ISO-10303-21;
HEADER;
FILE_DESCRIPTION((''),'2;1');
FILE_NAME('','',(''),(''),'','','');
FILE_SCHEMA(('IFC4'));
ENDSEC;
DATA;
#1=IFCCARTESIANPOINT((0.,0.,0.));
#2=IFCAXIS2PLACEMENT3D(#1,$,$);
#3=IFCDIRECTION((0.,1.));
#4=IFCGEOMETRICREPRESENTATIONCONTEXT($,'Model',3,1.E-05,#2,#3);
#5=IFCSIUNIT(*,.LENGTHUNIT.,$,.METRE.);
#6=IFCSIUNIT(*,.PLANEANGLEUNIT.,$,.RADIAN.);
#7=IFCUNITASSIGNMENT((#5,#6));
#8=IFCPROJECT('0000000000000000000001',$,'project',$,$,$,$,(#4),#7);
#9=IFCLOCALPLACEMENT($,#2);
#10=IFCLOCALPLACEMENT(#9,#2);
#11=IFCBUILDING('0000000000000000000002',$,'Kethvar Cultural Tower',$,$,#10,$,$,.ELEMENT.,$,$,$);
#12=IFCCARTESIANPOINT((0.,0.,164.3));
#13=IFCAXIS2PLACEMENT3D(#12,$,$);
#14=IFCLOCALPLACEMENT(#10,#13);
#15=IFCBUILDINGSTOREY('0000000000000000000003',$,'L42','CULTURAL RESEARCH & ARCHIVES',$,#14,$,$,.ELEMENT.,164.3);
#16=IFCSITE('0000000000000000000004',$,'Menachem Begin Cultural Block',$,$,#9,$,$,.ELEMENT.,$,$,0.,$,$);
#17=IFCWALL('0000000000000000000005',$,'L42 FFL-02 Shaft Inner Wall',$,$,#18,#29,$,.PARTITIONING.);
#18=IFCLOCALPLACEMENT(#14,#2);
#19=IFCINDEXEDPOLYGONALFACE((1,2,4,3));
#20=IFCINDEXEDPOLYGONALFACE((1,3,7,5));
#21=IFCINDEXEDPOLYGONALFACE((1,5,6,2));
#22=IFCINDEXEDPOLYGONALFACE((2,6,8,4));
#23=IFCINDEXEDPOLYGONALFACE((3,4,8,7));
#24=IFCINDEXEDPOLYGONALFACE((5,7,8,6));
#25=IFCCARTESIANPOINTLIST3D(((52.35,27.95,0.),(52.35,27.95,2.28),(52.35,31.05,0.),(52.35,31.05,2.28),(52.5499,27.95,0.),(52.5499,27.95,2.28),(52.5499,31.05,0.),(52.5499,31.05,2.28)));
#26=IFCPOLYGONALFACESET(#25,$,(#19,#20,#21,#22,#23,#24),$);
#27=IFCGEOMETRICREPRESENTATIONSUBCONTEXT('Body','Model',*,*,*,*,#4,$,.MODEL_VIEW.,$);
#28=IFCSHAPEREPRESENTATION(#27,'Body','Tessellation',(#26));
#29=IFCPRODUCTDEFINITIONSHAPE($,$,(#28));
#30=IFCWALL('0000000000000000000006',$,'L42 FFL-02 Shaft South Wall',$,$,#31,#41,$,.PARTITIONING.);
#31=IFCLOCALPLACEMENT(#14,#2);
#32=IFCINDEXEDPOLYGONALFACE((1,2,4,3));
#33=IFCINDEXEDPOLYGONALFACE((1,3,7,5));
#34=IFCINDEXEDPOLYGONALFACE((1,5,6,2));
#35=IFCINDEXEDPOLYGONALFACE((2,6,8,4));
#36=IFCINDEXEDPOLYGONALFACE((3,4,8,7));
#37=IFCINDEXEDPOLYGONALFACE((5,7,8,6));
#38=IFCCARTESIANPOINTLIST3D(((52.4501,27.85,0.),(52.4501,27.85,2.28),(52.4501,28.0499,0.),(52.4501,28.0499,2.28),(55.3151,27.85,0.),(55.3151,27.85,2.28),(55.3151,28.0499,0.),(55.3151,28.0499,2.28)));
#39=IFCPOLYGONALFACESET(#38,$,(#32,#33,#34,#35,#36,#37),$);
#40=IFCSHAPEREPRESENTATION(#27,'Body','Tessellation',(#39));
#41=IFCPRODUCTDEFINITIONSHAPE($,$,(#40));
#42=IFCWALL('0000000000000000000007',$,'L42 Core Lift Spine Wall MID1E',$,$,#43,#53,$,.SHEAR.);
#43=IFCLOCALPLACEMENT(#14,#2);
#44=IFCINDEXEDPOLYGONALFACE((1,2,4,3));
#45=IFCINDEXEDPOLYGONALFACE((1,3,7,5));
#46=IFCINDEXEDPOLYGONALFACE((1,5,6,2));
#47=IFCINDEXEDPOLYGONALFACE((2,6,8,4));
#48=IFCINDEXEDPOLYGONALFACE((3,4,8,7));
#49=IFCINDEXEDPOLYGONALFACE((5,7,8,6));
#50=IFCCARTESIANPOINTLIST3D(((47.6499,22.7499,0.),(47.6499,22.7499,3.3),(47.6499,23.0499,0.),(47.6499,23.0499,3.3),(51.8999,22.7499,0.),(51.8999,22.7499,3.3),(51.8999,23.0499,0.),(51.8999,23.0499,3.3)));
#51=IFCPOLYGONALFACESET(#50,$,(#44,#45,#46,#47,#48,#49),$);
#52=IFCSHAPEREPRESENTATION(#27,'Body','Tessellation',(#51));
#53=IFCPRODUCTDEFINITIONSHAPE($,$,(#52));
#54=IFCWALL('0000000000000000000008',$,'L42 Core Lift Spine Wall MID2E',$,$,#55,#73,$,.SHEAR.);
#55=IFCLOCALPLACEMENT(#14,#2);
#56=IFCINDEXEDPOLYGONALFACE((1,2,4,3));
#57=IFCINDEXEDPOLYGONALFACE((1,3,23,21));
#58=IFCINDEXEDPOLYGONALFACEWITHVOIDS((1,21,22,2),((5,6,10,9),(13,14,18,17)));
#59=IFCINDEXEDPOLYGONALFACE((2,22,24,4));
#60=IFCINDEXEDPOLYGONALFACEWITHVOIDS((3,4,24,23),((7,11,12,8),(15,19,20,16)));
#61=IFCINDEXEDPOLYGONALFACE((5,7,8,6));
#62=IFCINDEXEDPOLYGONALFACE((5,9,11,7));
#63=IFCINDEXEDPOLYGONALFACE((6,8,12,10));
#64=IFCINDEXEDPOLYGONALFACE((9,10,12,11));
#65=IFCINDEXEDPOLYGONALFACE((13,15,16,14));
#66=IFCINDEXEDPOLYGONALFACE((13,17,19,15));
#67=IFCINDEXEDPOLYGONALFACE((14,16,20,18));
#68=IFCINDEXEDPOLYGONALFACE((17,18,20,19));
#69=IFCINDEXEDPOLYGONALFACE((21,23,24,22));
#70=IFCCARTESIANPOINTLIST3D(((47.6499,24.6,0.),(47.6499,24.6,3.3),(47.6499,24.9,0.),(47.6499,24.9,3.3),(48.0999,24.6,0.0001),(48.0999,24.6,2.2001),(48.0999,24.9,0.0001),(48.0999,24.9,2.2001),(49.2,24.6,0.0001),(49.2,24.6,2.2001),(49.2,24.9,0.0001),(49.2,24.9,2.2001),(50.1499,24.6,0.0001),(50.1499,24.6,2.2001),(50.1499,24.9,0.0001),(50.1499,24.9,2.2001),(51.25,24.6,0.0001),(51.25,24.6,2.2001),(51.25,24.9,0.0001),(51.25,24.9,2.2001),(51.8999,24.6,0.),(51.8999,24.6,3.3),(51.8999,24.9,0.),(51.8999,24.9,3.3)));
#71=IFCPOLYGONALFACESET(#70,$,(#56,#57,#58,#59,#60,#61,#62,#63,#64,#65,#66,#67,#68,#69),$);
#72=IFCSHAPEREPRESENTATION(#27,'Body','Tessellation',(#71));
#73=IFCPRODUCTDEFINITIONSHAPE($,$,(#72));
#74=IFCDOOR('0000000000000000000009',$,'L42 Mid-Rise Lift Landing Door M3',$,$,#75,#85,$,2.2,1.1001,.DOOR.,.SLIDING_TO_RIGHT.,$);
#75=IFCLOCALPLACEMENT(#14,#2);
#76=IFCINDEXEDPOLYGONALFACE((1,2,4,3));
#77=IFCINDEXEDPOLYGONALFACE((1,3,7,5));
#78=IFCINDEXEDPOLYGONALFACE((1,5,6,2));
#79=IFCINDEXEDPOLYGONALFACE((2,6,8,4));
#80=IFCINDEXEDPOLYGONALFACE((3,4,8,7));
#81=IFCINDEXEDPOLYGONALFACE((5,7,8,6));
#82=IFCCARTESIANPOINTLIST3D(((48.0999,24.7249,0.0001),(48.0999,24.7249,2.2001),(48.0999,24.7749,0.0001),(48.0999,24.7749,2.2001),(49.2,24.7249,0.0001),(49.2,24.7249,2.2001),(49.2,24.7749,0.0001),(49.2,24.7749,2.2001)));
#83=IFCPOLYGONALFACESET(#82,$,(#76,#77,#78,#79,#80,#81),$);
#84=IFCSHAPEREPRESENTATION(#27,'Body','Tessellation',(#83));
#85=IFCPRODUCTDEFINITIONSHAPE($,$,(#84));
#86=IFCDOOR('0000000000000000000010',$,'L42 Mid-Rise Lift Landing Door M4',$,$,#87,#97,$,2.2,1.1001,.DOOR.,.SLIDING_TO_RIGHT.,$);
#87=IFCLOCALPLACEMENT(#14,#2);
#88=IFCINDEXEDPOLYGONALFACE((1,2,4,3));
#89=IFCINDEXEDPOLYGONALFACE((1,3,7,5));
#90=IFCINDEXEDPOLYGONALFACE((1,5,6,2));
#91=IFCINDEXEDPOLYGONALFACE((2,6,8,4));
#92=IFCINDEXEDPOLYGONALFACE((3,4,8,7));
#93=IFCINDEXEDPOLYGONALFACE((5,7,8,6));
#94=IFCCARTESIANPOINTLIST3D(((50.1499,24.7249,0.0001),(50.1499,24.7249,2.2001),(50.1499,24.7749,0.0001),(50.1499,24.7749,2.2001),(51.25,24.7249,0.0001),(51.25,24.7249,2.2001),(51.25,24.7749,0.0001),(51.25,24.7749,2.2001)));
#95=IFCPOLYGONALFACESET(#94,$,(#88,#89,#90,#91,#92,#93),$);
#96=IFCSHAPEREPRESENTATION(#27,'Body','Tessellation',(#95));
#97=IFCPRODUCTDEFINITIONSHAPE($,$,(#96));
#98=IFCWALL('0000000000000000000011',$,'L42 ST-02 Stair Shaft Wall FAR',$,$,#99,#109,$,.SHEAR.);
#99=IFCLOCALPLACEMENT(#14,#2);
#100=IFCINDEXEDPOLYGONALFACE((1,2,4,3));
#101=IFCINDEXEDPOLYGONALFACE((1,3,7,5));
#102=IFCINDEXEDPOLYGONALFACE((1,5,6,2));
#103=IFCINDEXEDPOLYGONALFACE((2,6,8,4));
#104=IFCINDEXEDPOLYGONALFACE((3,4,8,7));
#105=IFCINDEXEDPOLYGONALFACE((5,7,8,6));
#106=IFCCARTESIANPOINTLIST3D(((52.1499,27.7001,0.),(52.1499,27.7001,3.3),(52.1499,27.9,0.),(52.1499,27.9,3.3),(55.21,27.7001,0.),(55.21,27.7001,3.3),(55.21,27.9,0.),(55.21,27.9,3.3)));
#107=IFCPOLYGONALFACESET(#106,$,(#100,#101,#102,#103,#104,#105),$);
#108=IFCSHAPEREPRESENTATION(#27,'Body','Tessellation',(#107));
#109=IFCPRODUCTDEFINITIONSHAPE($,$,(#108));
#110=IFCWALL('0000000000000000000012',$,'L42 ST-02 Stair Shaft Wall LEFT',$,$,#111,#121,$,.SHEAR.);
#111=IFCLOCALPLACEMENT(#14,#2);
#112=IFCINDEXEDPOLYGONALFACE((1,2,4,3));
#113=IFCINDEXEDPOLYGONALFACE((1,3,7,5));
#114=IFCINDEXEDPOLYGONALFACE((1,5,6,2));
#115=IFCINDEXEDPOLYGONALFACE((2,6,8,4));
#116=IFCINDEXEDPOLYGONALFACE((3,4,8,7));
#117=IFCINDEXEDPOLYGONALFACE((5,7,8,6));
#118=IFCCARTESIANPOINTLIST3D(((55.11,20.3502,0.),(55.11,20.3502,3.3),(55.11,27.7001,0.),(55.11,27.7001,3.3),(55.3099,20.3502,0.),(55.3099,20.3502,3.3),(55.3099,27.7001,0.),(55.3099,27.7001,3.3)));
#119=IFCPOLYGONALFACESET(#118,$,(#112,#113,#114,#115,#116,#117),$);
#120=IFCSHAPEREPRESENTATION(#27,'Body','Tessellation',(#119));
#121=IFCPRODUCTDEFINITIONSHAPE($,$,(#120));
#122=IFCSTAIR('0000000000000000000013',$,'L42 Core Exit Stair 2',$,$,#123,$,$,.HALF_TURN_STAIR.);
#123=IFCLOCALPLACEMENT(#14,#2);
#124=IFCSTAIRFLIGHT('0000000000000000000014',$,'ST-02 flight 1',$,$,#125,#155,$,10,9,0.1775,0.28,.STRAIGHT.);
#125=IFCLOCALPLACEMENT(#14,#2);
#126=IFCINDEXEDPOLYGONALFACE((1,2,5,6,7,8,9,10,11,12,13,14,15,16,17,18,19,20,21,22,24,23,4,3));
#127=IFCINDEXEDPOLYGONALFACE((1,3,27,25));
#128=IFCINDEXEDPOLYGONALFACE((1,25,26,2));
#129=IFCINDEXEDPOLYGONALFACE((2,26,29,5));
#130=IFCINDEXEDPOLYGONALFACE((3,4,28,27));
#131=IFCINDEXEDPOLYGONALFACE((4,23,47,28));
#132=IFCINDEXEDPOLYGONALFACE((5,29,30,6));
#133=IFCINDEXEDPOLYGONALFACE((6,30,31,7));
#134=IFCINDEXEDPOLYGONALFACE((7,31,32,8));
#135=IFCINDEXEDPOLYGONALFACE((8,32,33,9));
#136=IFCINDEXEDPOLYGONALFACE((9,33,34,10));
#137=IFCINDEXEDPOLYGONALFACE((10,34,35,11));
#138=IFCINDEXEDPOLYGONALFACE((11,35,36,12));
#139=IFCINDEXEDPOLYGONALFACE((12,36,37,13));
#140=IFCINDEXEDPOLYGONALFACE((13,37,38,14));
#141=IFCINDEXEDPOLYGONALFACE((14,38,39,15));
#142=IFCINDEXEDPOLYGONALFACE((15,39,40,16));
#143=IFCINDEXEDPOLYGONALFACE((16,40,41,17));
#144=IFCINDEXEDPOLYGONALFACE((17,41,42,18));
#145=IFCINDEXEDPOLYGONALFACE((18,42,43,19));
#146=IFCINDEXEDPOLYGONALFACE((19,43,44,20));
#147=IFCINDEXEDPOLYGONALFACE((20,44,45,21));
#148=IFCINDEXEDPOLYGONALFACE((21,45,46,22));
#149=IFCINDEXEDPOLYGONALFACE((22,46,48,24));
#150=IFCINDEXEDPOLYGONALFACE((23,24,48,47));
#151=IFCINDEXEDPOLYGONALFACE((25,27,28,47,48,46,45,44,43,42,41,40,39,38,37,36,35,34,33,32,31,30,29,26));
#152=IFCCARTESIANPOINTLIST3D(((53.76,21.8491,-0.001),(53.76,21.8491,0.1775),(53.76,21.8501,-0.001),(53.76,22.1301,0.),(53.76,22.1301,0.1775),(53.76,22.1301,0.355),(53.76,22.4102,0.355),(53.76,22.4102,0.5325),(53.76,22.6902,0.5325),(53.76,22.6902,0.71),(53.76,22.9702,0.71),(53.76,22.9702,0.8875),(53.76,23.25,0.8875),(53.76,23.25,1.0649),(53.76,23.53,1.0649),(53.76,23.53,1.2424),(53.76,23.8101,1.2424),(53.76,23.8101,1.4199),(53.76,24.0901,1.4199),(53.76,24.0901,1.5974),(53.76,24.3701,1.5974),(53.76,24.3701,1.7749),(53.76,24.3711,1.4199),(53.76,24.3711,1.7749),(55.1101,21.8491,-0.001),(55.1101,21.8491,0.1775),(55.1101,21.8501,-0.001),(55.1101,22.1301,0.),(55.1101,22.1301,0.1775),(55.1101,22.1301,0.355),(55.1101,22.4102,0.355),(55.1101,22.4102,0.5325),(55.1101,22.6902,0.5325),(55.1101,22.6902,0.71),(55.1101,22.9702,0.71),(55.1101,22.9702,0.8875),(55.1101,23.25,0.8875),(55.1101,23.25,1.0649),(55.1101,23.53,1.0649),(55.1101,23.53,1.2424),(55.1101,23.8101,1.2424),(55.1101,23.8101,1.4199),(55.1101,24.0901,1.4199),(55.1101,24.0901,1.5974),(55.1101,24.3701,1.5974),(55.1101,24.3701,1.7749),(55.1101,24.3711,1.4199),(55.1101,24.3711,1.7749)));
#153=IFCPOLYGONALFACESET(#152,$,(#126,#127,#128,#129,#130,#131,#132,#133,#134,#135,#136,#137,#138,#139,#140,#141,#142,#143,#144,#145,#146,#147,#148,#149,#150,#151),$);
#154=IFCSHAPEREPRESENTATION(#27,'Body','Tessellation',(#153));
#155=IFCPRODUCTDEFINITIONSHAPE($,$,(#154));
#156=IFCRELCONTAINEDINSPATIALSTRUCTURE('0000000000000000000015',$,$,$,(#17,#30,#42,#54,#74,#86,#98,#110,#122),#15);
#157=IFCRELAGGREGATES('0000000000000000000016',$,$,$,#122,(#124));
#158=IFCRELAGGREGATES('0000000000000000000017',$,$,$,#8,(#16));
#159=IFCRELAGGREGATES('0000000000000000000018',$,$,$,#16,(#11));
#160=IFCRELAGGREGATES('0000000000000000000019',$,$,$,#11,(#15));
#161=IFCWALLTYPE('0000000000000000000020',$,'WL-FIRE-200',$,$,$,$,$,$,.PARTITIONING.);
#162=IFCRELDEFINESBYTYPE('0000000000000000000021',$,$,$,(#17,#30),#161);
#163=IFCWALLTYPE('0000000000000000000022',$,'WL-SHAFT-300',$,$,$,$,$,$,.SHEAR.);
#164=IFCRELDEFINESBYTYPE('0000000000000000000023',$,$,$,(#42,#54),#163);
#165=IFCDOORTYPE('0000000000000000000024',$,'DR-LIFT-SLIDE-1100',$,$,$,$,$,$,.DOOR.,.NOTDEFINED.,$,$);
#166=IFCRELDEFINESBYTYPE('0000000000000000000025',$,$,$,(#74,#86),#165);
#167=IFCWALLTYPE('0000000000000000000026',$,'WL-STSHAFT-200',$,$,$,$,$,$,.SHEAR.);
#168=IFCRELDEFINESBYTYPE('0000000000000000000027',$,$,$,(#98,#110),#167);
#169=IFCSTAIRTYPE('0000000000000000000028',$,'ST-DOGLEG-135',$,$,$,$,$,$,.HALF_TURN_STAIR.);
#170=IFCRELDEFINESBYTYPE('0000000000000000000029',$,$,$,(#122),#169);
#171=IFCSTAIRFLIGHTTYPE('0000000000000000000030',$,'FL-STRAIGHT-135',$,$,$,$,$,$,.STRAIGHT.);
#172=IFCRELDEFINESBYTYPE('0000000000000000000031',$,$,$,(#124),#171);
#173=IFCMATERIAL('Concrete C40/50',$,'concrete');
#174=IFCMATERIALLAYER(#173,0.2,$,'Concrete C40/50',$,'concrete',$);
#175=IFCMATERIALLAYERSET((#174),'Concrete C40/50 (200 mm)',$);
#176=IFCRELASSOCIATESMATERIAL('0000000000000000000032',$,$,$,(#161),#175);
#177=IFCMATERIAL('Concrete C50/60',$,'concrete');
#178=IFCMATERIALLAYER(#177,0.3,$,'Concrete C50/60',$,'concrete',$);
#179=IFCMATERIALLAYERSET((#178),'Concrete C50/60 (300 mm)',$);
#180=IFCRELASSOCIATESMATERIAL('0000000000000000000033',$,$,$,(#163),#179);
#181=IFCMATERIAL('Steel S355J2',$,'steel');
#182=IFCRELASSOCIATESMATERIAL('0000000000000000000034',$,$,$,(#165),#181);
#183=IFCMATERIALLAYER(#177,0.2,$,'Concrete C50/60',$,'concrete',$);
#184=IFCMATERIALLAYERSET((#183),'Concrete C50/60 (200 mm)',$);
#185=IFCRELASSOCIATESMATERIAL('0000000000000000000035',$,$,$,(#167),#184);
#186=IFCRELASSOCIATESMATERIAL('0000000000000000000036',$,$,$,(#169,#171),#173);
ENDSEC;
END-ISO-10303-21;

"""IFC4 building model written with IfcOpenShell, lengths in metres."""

from ifc_helpers import new_model, si_unit, direction, frame, frame_2d, origin, place, context, subcontext, project, spatial, polyline, rectangle, outline, extrude, source, transform, mapped, material, layer, layer_set, type_object, element, fill, aggregate, save


model = new_model("IFC4")

# Units and contexts
model_context = context("Model", 3, precision=1e-05, world=origin(), true_north=direction((0.0, 1.0)))
body_context = subcontext(model_context, "Body", "Model", "MODEL_VIEW")
ifc_project = project(units=[si_unit("LENGTHUNIT", "METRE"), si_unit("PLANEANGLEUNIT", "RADIAN")], contexts=[model_context])

# Site, building, storey
site_placement = place(None, origin())
site = spatial("IfcSite", under=ifc_project, at=site_placement, Name="Menachem Begin Cultural Block", CompositionType="ELEMENT", RefElevation=0.0)
building_placement = place(site_placement, origin())
building = spatial("IfcBuilding", under=site, at=building_placement, Name="Kethvar Cultural Tower", CompositionType="ELEMENT")
storey_placement = place(building_placement, frame((0.0, 0.0, 164.3)))
storey = spatial("IfcBuildingStorey", under=building, at=storey_placement, Name="L42", Description="CULTURAL RESEARCH & ARCHIVES", CompositionType="ELEMENT", Elevation=164.3)

# Shared definitions
ifc_material_1 = material(Name="Steel S355J2", Category="steel")

# Walls
ifc_material_2 = material(Name="Concrete C40/50", Category="concrete")
ifc_layer_1 = layer(ifc_material_2, 0.2, Name="Concrete C40/50", Category="concrete")
ifc_layer_set_1 = layer_set([ifc_layer_1], Name="Concrete C40/50 (200 mm)")
wall_type_1 = type_object("IfcWallType", Name="WL-FIRE-200", PredefinedType="PARTITIONING", material=ifc_layer_set_1)
wall_1_placement = place(storey_placement, frame((52.45, 27.95, 0.0), z_axis=(0.0, 0.0, 1.0), x_axis=(0.0, 1.0, 0.0)))
element("IfcWall", 1, at=wall_1_placement, inside=storey, type_object=wall_type_1, Name="L42 FFL-02 Shaft Inner Wall", PredefinedType="PARTITIONING", context=body_context, shape_type="SweptSolid", body=[
    extrude(rectangle(XDim=3.1001, YDim=0.2, at=frame_2d((1.55, 0.0))), origin(), (0.0, 0.0, 1.0), 2.28),
])
wall_2_placement = place(storey_placement, frame((52.45, 27.95, 0.0), z_axis=(0.0, 0.0, 1.0), x_axis=(1.0, 0.0, 0.0)))
element("IfcWall", 2, at=wall_2_placement, inside=storey, type_object=wall_type_1, Name="L42 FFL-02 Shaft South Wall", PredefinedType="PARTITIONING", context=body_context, shape_type="SweptSolid", body=[
    extrude(rectangle(XDim=2.865, YDim=0.2, at=frame_2d((1.4326, 0.0))), origin(), (0.0, 0.0, 1.0), 2.28),
])
ifc_material_3 = material(Name="Concrete C50/60", Category="concrete")
ifc_layer_2 = layer(ifc_material_3, 0.3, Name="Concrete C50/60", Category="concrete")
ifc_layer_set_2 = layer_set([ifc_layer_2], Name="Concrete C50/60 (300 mm)")
wall_type_2 = type_object("IfcWallType", Name="WL-SHAFT-300", PredefinedType="SHEAR", material=ifc_layer_set_2)
wall_3_placement = place(storey_placement, frame((47.6499, 22.8999, 0.0), z_axis=(0.0, 0.0, 1.0), x_axis=(1.0, 0.0, 0.0)))
element("IfcWall", 3, at=wall_3_placement, inside=storey, type_object=wall_type_2, Name="L42 Core Lift Spine Wall MID1E", PredefinedType="SHEAR", context=body_context, shape_type="SweptSolid", body=[
    extrude(rectangle(XDim=4.25, YDim=0.3, at=frame_2d((2.125, 0.0))), origin(), (0.0, 0.0, 1.0), 3.3),
])

# Wall, openings, doors
wall_4_placement = place(storey_placement, frame((47.6499, 24.75, 0.0), z_axis=(0.0, 0.0, 1.0), x_axis=(1.0, 0.0, 0.0)))
wall_4 = element("IfcWall", 4, at=wall_4_placement, inside=storey, type_object=wall_type_2, Name="L42 Core Lift Spine Wall MID2E", PredefinedType="SHEAR", context=body_context, shape_type="SweptSolid", body=[
    extrude(rectangle(XDim=4.25, YDim=0.3, at=frame_2d((2.125, 0.0))), origin(), (0.0, 0.0, 1.0), 3.3),
])
opening_1_placement = place(wall_4_placement, frame((0.45, 0.0, 0.0)))
opening_1 = element("IfcOpeningElement", 5, at=opening_1_placement, cuts=wall_4, PredefinedType="OPENING", context=body_context, shape_type="SweptSolid", body=[
    extrude(rectangle(XDim=1.1001, YDim=2.2, at=frame_2d((0.55, 1.1001))), frame((0.0, 0.1599, 0.0), z_axis=(0.0, -1.0, 0.0), x_axis=(1.0, 0.0, 0.0)), (0.0, 0.0, 1.0), 0.3201),
])
opening_2_placement = place(wall_4_placement, frame((2.5, 0.0, 0.0)))
opening_2 = element("IfcOpeningElement", 6, at=opening_2_placement, cuts=wall_4, PredefinedType="OPENING", context=body_context, shape_type="SweptSolid", body=[
    extrude(rectangle(XDim=1.1001, YDim=2.2, at=frame_2d((0.55, 1.1001))), frame((0.0, 0.1599, 0.0), z_axis=(0.0, -1.0, 0.0), x_axis=(1.0, 0.0, 0.0)), (0.0, 0.0, 1.0), 0.3201),
])
door_type = type_object("IfcDoorType", Name="DR-LIFT-SLIDE-1100", OperationType="NOTDEFINED", PredefinedType="DOOR", material=ifc_material_1)
shared_shape_1 = source(origin(), body_context, "Body", "SweptSolid", [
    extrude(rectangle(XDim=1.1001, YDim=2.2, at=frame_2d((0.55, 1.1001))), frame((0.0, 0.0249, 0.0), z_axis=(0.0, -1.0, 0.0), x_axis=(1.0, 0.0, 0.0)), (0.0, 0.0, 1.0), 0.05),
])
door_1_placement = place(opening_1_placement, origin())
door_1 = element("IfcDoor", 7, at=door_1_placement, inside=storey, type_object=door_type, Name="L42 Mid-Rise Lift Landing Door M3", OperationType="SLIDING_TO_RIGHT", OverallHeight=2.2, OverallWidth=1.1001, PredefinedType="DOOR", context=body_context, shape_type="MappedRepresentation", body=[
    mapped(shared_shape_1, transform((0.0, 0.0, 0.0), scale=1.0)),
])
fill(opening_1, door_1)
door_2_placement = place(opening_2_placement, origin())
door_2 = element("IfcDoor", 8, at=door_2_placement, inside=storey, type_object=door_type, Name="L42 Mid-Rise Lift Landing Door M4", OperationType="SLIDING_TO_RIGHT", OverallHeight=2.2, OverallWidth=1.1001, PredefinedType="DOOR", context=body_context, shape_type="MappedRepresentation", body=[
    mapped(shared_shape_1, transform((0.0, 0.0, 0.0), scale=1.0)),
])
fill(opening_2, door_2)

# Walls
ifc_layer_3 = layer(ifc_material_3, 0.2, Name="Concrete C50/60", Category="concrete")
ifc_layer_set_3 = layer_set([ifc_layer_3], Name="Concrete C50/60 (200 mm)")
wall_type_3 = type_object("IfcWallType", Name="WL-STSHAFT-200", PredefinedType="SHEAR", material=ifc_layer_set_3)
wall_5_placement = place(storey_placement, frame((52.1499, 27.8, 0.0), z_axis=(0.0, 0.0, 1.0), x_axis=(1.0, 0.0, 0.0)))
element("IfcWall", 9, at=wall_5_placement, inside=storey, type_object=wall_type_3, Name="L42 ST-02 Stair Shaft Wall FAR", PredefinedType="SHEAR", context=body_context, shape_type="SweptSolid", body=[
    extrude(rectangle(XDim=3.0601, YDim=0.2, at=frame_2d((1.53, 0.0))), origin(), (0.0, 0.0, 1.0), 3.3),
])
wall_6_placement = place(storey_placement, frame((55.21, 27.7, 0.0), z_axis=(0.0, 0.0, 1.0), x_axis=(0.0, -1.0, 0.0)))
element("IfcWall", 10, at=wall_6_placement, inside=storey, type_object=wall_type_3, Name="L42 ST-02 Stair Shaft Wall LEFT", PredefinedType="SHEAR", context=body_context, shape_type="SweptSolid", body=[
    extrude(rectangle(XDim=7.3499, YDim=0.2, at=frame_2d((3.6748, 0.0))), origin(), (0.0, 0.0, 1.0), 3.3),
])

# Stair, stair flight
stair_type = type_object("IfcStairType", Name="ST-DOGLEG-135", PredefinedType="HALF_TURN_STAIR", material=ifc_material_2)
stair_placement = place(storey_placement, origin())
stair = element("IfcStair", 11, at=stair_placement, inside=storey, type_object=stair_type, Name="L42 Core Exit Stair 2", PredefinedType="HALF_TURN_STAIR")
stair_flight_type = type_object("IfcStairFlightType", Name="FL-STRAIGHT-135", PredefinedType="STRAIGHT", material=ifc_material_2)
stair_flight_1_placement = place(storey_placement, frame((54.4351, 21.8501, 0.0), z_axis=(0.0, 0.0, 1.0), x_axis=(0.0, 1.0, 0.0)))
stair_flight_1 = element("IfcStairFlight", 12, at=stair_flight_1_placement, type_object=stair_flight_type, Name="ST-02 flight 1", NumberOfRisers=10, NumberOfTreads=9, PredefinedType="STRAIGHT", RiserHeight=0.1775, TreadLength=0.28, context=body_context, shape_type="SweptSolid", body=[
    extrude(outline(polyline([(-0.001, -0.001), (-0.001, 0.1775), (0.28, 0.1775), (0.28, 0.355), (0.5601, 0.355), (0.5601, 0.5325), (0.8401, 0.5325), (0.8401, 0.71), (1.1201, 0.71), (1.1201, 0.8875), (1.3999, 0.8875), (1.3999, 1.0649), (1.6799, 1.0649), (1.6799, 1.2424), (1.96, 1.2424), (1.96, 1.4199), (2.24, 1.4199), (2.24, 1.5974), (2.52, 1.5974), (2.52, 1.7749), (2.521, 1.7749), (2.521, 1.4199), (0.28, 0.0), (0.0, -0.001), (-0.001, -0.001)])), frame((0.0, 0.675, 0.0), z_axis=(0.0, -1.0, 0.0), x_axis=(1.0, 0.0, 0.0)), (0.0, 0.0, 1.0), 1.3501),
])
aggregate(stair, [stair_flight_1])

save(model, "model.ifc")
